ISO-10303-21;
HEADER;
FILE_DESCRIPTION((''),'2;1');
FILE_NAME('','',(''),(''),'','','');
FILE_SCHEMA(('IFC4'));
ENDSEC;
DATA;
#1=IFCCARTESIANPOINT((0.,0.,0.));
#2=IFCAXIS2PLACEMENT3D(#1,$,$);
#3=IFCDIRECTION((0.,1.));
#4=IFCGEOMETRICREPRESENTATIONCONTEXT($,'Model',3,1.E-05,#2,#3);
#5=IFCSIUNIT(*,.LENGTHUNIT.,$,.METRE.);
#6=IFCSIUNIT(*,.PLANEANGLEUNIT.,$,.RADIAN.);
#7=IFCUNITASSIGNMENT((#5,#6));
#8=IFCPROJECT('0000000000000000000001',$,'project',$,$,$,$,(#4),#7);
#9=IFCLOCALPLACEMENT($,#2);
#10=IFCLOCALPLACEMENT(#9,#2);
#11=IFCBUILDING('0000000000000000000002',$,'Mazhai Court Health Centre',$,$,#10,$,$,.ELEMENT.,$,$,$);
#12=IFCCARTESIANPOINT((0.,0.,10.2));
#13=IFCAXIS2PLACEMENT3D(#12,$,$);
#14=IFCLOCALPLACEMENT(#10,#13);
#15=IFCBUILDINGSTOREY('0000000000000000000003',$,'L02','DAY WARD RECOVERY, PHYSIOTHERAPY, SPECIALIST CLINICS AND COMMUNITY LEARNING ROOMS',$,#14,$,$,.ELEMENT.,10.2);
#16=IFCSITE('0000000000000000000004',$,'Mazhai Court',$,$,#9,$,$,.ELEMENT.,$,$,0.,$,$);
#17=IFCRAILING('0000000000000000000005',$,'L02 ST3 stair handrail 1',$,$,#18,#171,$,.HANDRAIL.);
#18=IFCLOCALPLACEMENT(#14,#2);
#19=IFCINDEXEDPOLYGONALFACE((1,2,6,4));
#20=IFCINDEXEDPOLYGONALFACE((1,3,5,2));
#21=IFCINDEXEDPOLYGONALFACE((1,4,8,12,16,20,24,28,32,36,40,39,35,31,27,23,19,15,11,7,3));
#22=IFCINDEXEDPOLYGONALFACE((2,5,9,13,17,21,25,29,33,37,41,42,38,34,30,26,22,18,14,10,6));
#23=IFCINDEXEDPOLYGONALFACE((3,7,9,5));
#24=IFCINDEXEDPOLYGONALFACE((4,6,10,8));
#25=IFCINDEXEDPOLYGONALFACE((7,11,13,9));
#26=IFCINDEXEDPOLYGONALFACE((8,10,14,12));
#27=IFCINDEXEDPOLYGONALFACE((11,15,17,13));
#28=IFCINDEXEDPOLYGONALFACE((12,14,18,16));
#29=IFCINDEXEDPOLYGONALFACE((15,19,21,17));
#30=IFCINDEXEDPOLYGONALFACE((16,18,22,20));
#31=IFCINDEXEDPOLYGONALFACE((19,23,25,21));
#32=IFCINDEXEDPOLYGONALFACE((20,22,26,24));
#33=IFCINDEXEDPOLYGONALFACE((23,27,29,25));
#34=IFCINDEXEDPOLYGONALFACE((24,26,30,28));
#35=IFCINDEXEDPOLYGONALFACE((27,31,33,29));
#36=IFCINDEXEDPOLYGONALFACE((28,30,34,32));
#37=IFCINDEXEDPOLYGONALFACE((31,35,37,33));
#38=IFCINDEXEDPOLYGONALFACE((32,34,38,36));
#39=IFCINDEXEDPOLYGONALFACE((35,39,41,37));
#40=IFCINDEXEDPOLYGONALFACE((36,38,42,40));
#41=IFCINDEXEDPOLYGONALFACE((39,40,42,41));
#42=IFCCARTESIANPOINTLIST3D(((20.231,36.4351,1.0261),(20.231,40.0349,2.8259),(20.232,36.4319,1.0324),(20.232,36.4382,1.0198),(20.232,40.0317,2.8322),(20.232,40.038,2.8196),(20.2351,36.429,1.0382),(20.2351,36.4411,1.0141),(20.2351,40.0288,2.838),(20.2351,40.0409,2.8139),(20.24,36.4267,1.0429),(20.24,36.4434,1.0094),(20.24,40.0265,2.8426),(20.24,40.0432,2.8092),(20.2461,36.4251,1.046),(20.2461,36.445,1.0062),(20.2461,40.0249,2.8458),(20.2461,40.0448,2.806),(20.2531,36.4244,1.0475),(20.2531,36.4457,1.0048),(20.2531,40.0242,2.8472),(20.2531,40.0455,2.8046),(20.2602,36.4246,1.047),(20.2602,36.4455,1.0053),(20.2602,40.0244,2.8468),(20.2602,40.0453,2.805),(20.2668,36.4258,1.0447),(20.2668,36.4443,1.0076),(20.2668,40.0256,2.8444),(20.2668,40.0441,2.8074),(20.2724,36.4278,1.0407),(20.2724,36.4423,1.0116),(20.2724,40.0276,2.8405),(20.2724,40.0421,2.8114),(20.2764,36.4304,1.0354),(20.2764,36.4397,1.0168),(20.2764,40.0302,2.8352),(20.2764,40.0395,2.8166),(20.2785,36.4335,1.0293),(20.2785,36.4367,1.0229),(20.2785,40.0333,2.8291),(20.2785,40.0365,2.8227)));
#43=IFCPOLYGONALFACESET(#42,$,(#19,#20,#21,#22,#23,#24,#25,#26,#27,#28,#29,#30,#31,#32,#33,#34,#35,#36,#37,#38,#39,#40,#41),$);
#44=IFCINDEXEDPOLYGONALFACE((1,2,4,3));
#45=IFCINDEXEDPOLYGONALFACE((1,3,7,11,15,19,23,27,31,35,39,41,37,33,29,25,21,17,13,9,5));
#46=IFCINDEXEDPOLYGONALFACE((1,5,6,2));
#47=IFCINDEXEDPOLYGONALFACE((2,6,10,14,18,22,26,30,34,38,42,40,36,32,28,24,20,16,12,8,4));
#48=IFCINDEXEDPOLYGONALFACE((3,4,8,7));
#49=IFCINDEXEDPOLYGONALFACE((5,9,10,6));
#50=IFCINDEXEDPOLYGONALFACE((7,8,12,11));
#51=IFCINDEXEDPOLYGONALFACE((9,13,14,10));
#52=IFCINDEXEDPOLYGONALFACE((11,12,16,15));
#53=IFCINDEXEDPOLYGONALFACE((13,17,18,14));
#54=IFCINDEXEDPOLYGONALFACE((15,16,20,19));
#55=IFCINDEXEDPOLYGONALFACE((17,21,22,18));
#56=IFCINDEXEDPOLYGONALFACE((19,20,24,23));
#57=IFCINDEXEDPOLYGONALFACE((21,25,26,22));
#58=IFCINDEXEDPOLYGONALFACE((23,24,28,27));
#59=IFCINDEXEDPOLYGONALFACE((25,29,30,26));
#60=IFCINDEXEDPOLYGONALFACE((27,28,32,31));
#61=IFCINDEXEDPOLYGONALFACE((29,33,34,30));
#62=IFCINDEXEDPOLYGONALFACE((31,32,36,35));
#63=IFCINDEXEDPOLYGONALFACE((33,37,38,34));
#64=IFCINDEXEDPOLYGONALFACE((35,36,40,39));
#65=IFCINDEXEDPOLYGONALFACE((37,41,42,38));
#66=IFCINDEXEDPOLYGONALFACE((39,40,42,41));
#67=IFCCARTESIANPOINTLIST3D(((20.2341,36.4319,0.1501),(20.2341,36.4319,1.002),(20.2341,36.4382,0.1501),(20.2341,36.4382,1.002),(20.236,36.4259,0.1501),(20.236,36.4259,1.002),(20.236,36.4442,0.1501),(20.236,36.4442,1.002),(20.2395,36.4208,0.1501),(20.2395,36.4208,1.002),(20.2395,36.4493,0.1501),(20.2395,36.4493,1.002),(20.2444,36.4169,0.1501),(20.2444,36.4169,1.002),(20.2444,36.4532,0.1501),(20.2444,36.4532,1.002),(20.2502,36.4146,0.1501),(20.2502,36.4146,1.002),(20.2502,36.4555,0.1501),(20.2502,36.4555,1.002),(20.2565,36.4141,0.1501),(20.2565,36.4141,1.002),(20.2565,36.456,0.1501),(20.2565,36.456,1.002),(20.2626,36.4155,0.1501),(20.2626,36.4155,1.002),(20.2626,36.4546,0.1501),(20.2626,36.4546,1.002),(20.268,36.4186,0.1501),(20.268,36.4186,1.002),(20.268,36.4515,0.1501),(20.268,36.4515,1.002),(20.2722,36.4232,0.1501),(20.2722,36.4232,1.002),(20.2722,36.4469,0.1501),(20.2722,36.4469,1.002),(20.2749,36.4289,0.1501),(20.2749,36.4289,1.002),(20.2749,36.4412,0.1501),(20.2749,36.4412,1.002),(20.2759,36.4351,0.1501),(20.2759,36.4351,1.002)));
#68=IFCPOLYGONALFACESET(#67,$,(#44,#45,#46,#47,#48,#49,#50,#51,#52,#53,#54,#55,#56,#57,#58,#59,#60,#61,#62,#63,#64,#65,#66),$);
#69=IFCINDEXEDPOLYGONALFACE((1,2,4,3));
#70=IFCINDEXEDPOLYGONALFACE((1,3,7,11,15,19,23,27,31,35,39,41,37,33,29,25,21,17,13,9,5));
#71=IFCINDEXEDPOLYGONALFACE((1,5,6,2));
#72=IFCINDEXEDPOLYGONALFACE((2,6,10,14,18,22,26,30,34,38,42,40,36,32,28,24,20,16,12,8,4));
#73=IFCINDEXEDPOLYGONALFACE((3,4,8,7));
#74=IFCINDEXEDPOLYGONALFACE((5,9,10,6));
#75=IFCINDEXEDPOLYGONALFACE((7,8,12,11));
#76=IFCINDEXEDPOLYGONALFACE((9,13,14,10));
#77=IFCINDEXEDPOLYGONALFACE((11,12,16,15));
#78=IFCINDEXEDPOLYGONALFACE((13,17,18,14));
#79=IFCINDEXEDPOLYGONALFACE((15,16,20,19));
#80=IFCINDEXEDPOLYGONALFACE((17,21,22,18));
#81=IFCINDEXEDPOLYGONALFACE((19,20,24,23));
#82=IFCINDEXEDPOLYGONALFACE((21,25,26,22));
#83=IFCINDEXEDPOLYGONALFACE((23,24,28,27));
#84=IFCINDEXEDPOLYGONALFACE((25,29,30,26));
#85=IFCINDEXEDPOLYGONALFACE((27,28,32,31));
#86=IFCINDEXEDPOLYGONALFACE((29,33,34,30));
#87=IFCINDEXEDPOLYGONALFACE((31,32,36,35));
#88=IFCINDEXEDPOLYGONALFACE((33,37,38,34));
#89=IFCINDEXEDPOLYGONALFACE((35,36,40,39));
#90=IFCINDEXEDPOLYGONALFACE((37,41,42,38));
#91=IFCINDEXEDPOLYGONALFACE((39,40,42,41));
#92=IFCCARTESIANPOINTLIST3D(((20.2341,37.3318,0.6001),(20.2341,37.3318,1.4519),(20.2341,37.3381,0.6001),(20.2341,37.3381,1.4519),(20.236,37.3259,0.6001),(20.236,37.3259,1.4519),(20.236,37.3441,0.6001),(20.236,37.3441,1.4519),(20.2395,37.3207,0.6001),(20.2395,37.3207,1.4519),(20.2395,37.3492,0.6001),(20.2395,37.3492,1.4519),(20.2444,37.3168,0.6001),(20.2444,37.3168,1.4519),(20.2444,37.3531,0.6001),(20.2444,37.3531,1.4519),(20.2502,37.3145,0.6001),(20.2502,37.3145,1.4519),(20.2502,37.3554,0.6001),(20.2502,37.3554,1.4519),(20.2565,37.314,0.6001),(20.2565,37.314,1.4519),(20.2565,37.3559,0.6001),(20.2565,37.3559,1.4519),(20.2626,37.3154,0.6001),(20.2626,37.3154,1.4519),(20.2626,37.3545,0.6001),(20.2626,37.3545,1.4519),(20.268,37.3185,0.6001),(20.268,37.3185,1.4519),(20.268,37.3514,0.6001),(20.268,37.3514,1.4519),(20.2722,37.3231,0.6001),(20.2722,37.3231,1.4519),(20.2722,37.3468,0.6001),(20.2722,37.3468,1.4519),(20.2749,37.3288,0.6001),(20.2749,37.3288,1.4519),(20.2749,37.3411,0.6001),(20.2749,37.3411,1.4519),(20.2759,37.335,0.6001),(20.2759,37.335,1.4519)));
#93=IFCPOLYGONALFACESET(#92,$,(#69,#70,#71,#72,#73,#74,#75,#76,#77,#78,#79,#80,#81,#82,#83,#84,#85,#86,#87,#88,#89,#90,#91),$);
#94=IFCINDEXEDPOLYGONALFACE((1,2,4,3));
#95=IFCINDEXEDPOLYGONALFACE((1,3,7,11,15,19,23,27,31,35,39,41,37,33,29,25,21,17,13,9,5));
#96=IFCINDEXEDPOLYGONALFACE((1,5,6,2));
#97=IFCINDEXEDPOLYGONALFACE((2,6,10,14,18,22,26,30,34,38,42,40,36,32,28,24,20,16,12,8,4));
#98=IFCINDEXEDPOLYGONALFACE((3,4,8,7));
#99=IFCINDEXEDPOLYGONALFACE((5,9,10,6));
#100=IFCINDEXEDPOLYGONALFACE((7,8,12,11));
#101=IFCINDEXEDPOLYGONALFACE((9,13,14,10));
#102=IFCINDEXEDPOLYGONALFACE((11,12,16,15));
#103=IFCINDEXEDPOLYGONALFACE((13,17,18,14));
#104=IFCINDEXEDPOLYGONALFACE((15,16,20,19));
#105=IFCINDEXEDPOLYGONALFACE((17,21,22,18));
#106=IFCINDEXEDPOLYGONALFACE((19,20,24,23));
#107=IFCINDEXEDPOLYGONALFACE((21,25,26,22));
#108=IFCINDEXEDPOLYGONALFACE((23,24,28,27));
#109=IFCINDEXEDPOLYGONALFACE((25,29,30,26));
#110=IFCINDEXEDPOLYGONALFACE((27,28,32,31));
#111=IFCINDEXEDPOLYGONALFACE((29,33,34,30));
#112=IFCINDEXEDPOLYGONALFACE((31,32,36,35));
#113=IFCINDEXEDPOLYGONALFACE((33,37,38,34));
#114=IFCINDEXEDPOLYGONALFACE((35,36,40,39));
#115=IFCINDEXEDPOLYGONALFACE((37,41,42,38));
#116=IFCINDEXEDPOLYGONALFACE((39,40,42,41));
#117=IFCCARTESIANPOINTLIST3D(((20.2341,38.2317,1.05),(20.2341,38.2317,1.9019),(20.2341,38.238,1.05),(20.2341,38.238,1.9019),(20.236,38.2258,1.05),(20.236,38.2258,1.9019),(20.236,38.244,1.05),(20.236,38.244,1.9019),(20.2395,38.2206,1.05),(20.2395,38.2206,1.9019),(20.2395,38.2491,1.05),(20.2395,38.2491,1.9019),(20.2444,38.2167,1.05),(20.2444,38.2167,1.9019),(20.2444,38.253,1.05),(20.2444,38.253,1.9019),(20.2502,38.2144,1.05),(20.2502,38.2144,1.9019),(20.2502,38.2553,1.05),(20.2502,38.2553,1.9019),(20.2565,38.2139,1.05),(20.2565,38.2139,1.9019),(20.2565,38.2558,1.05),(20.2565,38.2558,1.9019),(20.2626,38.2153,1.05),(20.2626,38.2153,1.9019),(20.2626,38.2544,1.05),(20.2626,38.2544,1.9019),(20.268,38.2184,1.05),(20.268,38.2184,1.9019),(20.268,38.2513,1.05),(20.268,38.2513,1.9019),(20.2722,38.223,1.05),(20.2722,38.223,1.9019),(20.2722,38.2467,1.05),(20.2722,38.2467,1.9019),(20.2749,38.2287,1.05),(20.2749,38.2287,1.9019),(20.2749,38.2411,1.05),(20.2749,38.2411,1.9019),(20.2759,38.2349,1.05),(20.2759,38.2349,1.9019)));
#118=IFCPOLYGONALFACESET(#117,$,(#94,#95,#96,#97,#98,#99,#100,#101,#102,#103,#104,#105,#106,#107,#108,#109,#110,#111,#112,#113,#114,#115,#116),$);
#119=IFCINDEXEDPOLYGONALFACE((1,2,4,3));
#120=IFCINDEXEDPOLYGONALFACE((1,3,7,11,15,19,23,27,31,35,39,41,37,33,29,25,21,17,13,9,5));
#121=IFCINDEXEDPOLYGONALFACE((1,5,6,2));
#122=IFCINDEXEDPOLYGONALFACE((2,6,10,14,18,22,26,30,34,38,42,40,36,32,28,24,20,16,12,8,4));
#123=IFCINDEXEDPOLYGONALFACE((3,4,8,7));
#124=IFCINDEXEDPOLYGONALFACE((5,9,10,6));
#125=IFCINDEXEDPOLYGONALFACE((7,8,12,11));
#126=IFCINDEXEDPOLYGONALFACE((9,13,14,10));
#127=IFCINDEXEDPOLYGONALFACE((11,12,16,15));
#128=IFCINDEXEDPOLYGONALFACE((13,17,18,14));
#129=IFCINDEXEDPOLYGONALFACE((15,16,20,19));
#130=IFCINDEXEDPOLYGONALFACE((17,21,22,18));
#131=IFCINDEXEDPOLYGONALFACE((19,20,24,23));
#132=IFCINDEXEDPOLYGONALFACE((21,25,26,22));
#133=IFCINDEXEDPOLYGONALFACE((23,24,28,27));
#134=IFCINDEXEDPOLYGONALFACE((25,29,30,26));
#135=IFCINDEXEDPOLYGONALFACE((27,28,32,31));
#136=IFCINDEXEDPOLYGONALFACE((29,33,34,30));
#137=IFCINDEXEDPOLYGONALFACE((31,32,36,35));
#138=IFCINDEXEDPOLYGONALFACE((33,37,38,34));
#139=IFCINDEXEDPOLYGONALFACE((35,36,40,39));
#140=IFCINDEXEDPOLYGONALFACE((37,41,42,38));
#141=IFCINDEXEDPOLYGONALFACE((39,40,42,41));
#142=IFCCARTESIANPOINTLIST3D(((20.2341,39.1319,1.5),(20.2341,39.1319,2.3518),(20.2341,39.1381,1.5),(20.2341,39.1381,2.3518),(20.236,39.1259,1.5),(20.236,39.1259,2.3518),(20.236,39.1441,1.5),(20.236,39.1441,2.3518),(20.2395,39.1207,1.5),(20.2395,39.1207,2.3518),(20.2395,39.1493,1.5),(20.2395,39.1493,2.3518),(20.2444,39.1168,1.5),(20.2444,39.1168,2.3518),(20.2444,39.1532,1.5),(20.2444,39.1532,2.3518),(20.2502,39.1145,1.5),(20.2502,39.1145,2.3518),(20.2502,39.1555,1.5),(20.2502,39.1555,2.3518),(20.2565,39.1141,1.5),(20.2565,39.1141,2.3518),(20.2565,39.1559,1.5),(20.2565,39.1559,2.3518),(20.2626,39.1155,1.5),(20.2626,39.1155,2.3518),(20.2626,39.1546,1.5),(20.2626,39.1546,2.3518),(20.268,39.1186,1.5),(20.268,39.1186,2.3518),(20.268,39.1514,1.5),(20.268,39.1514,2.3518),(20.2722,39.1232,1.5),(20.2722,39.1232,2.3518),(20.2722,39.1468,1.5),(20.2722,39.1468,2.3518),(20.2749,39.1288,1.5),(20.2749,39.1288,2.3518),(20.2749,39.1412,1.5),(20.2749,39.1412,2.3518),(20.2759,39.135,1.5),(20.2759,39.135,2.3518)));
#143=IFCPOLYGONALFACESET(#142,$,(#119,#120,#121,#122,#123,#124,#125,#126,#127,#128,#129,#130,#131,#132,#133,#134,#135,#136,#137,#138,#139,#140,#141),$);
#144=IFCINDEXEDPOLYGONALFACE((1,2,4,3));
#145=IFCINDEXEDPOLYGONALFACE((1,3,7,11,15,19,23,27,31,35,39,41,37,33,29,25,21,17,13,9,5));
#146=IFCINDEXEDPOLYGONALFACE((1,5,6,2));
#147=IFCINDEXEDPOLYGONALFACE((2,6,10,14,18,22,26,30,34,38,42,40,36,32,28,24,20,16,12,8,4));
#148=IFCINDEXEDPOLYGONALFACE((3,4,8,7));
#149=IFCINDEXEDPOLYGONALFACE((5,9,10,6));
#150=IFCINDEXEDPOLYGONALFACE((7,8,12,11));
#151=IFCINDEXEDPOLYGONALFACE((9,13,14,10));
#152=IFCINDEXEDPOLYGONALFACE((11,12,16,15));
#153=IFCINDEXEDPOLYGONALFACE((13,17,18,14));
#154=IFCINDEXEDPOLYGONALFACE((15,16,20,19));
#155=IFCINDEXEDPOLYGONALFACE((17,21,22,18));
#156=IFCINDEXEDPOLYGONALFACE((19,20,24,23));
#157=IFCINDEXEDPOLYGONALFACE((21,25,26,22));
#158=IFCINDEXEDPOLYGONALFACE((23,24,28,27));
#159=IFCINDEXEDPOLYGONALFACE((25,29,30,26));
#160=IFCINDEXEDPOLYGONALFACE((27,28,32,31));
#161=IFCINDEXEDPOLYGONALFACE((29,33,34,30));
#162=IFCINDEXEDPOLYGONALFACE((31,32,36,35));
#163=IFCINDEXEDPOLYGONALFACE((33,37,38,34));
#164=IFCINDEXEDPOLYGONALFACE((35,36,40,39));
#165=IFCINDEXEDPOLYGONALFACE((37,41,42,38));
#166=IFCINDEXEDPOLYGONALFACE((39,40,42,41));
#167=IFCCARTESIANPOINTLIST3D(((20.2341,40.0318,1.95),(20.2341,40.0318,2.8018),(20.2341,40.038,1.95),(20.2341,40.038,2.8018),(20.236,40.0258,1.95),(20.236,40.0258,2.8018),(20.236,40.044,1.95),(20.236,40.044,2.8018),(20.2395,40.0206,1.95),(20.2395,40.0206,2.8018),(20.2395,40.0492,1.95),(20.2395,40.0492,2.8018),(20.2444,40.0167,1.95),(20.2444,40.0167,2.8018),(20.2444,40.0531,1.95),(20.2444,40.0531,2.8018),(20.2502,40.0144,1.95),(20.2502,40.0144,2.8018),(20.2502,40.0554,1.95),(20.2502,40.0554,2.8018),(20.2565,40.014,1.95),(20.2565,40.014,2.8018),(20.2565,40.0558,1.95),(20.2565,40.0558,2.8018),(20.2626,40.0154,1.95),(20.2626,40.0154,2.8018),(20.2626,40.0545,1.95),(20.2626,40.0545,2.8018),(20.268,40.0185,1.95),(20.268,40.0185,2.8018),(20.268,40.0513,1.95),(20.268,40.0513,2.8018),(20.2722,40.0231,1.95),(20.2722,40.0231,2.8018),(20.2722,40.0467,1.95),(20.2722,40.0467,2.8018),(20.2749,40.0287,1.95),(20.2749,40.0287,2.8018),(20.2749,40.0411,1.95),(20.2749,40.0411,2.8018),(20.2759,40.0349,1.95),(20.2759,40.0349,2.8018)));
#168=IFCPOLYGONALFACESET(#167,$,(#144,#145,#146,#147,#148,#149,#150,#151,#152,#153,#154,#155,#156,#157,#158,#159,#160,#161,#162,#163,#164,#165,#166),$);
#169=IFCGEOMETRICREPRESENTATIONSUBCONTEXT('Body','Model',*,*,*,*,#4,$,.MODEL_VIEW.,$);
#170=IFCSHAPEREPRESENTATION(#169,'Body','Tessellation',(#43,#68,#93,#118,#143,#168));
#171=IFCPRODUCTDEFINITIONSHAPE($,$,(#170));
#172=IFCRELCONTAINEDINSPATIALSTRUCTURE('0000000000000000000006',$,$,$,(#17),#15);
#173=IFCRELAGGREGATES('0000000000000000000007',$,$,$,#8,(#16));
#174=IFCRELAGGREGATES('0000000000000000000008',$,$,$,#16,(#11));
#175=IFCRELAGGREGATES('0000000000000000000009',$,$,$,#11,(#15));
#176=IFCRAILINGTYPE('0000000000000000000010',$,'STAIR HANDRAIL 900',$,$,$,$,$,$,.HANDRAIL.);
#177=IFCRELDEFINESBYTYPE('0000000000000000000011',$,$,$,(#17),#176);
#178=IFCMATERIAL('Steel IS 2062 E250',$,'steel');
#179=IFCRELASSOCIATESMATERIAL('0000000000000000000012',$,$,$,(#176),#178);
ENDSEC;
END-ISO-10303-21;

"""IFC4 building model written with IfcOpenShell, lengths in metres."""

from ifc_helpers import new_model, si_unit, direction, frame, origin, origin_2d, place, context, subcontext, project, spatial, circle, extrude, material, type_object, element, save


model = new_model("IFC4")

# Units and contexts
model_context = context("Model", 3, precision=1e-05, world=origin(), true_north=direction((0.0, 1.0)))
body_context = subcontext(model_context, "Body", "Model", "MODEL_VIEW")
ifc_project = project(units=[si_unit("LENGTHUNIT", "METRE"), si_unit("PLANEANGLEUNIT", "RADIAN")], contexts=[model_context])

# Site, building, storey
site_placement = place(None, origin())
site = spatial("IfcSite", under=ifc_project, at=site_placement, Name="Mazhai Court", CompositionType="ELEMENT", RefElevation=0.0)
building_placement = place(site_placement, origin())
building = spatial("IfcBuilding", under=site, at=building_placement, Name="Mazhai Court Health Centre", CompositionType="ELEMENT")
storey_placement = place(building_placement, frame((0.0, 0.0, 10.2)))
storey = spatial("IfcBuildingStorey", under=building, at=storey_placement, Name="L02", Description="DAY WARD RECOVERY, PHYSIOTHERAPY, SPECIALIST CLINICS AND COMMUNITY LEARNING ROOMS", CompositionType="ELEMENT", Elevation=10.2)

# Railing
ifc_material_1 = material(Name="Steel IS 2062 E250", Category="steel")
railing_type_1 = type_object("IfcRailingType", Name="STAIR HANDRAIL 900", PredefinedType="HANDRAIL", material=ifc_material_1)
railing_1_placement = place(storey_placement, frame((20.2549, 36.4351, 0.1501)))
element("IfcRailing", 1, at=railing_1_placement, inside=storey, type_object=railing_type_1, Name="L02 ST3 stair handrail 1", PredefinedType="HANDRAIL", context=body_context, shape_type="SweptSolid", body=[
    extrude(circle(Radius=0.0239, at=origin_2d()), frame((0.0, 0.0, 0.876), z_axis=(0.0, 0.894439, 0.447189), x_axis=(-1.0, 0.0, 0.0)), (0.0, 0.0, 1.0), 4.0247),
    extrude(circle(Radius=0.021, at=origin_2d()), origin(), (0.0, 0.0, 1.0), 0.8518),
    extrude(circle(Radius=0.021, at=origin_2d()), frame((0.0, 0.8999, 0.45)), (0.0, 0.0, 1.0), 0.8518),
    extrude(circle(Radius=0.021, at=origin_2d()), frame((0.0, 1.7998, 0.8999)), (0.0, 0.0, 1.0), 0.8518),
    extrude(circle(Radius=0.021, at=origin_2d()), frame((0.0, 2.7, 1.3499)), (0.0, 0.0, 1.0), 0.8518),
    extrude(circle(Radius=0.021, at=origin_2d()), frame((0.0, 3.5999, 1.7998)), (0.0, 0.0, 1.0), 0.8518),
])

save(model, "model.ifc")
